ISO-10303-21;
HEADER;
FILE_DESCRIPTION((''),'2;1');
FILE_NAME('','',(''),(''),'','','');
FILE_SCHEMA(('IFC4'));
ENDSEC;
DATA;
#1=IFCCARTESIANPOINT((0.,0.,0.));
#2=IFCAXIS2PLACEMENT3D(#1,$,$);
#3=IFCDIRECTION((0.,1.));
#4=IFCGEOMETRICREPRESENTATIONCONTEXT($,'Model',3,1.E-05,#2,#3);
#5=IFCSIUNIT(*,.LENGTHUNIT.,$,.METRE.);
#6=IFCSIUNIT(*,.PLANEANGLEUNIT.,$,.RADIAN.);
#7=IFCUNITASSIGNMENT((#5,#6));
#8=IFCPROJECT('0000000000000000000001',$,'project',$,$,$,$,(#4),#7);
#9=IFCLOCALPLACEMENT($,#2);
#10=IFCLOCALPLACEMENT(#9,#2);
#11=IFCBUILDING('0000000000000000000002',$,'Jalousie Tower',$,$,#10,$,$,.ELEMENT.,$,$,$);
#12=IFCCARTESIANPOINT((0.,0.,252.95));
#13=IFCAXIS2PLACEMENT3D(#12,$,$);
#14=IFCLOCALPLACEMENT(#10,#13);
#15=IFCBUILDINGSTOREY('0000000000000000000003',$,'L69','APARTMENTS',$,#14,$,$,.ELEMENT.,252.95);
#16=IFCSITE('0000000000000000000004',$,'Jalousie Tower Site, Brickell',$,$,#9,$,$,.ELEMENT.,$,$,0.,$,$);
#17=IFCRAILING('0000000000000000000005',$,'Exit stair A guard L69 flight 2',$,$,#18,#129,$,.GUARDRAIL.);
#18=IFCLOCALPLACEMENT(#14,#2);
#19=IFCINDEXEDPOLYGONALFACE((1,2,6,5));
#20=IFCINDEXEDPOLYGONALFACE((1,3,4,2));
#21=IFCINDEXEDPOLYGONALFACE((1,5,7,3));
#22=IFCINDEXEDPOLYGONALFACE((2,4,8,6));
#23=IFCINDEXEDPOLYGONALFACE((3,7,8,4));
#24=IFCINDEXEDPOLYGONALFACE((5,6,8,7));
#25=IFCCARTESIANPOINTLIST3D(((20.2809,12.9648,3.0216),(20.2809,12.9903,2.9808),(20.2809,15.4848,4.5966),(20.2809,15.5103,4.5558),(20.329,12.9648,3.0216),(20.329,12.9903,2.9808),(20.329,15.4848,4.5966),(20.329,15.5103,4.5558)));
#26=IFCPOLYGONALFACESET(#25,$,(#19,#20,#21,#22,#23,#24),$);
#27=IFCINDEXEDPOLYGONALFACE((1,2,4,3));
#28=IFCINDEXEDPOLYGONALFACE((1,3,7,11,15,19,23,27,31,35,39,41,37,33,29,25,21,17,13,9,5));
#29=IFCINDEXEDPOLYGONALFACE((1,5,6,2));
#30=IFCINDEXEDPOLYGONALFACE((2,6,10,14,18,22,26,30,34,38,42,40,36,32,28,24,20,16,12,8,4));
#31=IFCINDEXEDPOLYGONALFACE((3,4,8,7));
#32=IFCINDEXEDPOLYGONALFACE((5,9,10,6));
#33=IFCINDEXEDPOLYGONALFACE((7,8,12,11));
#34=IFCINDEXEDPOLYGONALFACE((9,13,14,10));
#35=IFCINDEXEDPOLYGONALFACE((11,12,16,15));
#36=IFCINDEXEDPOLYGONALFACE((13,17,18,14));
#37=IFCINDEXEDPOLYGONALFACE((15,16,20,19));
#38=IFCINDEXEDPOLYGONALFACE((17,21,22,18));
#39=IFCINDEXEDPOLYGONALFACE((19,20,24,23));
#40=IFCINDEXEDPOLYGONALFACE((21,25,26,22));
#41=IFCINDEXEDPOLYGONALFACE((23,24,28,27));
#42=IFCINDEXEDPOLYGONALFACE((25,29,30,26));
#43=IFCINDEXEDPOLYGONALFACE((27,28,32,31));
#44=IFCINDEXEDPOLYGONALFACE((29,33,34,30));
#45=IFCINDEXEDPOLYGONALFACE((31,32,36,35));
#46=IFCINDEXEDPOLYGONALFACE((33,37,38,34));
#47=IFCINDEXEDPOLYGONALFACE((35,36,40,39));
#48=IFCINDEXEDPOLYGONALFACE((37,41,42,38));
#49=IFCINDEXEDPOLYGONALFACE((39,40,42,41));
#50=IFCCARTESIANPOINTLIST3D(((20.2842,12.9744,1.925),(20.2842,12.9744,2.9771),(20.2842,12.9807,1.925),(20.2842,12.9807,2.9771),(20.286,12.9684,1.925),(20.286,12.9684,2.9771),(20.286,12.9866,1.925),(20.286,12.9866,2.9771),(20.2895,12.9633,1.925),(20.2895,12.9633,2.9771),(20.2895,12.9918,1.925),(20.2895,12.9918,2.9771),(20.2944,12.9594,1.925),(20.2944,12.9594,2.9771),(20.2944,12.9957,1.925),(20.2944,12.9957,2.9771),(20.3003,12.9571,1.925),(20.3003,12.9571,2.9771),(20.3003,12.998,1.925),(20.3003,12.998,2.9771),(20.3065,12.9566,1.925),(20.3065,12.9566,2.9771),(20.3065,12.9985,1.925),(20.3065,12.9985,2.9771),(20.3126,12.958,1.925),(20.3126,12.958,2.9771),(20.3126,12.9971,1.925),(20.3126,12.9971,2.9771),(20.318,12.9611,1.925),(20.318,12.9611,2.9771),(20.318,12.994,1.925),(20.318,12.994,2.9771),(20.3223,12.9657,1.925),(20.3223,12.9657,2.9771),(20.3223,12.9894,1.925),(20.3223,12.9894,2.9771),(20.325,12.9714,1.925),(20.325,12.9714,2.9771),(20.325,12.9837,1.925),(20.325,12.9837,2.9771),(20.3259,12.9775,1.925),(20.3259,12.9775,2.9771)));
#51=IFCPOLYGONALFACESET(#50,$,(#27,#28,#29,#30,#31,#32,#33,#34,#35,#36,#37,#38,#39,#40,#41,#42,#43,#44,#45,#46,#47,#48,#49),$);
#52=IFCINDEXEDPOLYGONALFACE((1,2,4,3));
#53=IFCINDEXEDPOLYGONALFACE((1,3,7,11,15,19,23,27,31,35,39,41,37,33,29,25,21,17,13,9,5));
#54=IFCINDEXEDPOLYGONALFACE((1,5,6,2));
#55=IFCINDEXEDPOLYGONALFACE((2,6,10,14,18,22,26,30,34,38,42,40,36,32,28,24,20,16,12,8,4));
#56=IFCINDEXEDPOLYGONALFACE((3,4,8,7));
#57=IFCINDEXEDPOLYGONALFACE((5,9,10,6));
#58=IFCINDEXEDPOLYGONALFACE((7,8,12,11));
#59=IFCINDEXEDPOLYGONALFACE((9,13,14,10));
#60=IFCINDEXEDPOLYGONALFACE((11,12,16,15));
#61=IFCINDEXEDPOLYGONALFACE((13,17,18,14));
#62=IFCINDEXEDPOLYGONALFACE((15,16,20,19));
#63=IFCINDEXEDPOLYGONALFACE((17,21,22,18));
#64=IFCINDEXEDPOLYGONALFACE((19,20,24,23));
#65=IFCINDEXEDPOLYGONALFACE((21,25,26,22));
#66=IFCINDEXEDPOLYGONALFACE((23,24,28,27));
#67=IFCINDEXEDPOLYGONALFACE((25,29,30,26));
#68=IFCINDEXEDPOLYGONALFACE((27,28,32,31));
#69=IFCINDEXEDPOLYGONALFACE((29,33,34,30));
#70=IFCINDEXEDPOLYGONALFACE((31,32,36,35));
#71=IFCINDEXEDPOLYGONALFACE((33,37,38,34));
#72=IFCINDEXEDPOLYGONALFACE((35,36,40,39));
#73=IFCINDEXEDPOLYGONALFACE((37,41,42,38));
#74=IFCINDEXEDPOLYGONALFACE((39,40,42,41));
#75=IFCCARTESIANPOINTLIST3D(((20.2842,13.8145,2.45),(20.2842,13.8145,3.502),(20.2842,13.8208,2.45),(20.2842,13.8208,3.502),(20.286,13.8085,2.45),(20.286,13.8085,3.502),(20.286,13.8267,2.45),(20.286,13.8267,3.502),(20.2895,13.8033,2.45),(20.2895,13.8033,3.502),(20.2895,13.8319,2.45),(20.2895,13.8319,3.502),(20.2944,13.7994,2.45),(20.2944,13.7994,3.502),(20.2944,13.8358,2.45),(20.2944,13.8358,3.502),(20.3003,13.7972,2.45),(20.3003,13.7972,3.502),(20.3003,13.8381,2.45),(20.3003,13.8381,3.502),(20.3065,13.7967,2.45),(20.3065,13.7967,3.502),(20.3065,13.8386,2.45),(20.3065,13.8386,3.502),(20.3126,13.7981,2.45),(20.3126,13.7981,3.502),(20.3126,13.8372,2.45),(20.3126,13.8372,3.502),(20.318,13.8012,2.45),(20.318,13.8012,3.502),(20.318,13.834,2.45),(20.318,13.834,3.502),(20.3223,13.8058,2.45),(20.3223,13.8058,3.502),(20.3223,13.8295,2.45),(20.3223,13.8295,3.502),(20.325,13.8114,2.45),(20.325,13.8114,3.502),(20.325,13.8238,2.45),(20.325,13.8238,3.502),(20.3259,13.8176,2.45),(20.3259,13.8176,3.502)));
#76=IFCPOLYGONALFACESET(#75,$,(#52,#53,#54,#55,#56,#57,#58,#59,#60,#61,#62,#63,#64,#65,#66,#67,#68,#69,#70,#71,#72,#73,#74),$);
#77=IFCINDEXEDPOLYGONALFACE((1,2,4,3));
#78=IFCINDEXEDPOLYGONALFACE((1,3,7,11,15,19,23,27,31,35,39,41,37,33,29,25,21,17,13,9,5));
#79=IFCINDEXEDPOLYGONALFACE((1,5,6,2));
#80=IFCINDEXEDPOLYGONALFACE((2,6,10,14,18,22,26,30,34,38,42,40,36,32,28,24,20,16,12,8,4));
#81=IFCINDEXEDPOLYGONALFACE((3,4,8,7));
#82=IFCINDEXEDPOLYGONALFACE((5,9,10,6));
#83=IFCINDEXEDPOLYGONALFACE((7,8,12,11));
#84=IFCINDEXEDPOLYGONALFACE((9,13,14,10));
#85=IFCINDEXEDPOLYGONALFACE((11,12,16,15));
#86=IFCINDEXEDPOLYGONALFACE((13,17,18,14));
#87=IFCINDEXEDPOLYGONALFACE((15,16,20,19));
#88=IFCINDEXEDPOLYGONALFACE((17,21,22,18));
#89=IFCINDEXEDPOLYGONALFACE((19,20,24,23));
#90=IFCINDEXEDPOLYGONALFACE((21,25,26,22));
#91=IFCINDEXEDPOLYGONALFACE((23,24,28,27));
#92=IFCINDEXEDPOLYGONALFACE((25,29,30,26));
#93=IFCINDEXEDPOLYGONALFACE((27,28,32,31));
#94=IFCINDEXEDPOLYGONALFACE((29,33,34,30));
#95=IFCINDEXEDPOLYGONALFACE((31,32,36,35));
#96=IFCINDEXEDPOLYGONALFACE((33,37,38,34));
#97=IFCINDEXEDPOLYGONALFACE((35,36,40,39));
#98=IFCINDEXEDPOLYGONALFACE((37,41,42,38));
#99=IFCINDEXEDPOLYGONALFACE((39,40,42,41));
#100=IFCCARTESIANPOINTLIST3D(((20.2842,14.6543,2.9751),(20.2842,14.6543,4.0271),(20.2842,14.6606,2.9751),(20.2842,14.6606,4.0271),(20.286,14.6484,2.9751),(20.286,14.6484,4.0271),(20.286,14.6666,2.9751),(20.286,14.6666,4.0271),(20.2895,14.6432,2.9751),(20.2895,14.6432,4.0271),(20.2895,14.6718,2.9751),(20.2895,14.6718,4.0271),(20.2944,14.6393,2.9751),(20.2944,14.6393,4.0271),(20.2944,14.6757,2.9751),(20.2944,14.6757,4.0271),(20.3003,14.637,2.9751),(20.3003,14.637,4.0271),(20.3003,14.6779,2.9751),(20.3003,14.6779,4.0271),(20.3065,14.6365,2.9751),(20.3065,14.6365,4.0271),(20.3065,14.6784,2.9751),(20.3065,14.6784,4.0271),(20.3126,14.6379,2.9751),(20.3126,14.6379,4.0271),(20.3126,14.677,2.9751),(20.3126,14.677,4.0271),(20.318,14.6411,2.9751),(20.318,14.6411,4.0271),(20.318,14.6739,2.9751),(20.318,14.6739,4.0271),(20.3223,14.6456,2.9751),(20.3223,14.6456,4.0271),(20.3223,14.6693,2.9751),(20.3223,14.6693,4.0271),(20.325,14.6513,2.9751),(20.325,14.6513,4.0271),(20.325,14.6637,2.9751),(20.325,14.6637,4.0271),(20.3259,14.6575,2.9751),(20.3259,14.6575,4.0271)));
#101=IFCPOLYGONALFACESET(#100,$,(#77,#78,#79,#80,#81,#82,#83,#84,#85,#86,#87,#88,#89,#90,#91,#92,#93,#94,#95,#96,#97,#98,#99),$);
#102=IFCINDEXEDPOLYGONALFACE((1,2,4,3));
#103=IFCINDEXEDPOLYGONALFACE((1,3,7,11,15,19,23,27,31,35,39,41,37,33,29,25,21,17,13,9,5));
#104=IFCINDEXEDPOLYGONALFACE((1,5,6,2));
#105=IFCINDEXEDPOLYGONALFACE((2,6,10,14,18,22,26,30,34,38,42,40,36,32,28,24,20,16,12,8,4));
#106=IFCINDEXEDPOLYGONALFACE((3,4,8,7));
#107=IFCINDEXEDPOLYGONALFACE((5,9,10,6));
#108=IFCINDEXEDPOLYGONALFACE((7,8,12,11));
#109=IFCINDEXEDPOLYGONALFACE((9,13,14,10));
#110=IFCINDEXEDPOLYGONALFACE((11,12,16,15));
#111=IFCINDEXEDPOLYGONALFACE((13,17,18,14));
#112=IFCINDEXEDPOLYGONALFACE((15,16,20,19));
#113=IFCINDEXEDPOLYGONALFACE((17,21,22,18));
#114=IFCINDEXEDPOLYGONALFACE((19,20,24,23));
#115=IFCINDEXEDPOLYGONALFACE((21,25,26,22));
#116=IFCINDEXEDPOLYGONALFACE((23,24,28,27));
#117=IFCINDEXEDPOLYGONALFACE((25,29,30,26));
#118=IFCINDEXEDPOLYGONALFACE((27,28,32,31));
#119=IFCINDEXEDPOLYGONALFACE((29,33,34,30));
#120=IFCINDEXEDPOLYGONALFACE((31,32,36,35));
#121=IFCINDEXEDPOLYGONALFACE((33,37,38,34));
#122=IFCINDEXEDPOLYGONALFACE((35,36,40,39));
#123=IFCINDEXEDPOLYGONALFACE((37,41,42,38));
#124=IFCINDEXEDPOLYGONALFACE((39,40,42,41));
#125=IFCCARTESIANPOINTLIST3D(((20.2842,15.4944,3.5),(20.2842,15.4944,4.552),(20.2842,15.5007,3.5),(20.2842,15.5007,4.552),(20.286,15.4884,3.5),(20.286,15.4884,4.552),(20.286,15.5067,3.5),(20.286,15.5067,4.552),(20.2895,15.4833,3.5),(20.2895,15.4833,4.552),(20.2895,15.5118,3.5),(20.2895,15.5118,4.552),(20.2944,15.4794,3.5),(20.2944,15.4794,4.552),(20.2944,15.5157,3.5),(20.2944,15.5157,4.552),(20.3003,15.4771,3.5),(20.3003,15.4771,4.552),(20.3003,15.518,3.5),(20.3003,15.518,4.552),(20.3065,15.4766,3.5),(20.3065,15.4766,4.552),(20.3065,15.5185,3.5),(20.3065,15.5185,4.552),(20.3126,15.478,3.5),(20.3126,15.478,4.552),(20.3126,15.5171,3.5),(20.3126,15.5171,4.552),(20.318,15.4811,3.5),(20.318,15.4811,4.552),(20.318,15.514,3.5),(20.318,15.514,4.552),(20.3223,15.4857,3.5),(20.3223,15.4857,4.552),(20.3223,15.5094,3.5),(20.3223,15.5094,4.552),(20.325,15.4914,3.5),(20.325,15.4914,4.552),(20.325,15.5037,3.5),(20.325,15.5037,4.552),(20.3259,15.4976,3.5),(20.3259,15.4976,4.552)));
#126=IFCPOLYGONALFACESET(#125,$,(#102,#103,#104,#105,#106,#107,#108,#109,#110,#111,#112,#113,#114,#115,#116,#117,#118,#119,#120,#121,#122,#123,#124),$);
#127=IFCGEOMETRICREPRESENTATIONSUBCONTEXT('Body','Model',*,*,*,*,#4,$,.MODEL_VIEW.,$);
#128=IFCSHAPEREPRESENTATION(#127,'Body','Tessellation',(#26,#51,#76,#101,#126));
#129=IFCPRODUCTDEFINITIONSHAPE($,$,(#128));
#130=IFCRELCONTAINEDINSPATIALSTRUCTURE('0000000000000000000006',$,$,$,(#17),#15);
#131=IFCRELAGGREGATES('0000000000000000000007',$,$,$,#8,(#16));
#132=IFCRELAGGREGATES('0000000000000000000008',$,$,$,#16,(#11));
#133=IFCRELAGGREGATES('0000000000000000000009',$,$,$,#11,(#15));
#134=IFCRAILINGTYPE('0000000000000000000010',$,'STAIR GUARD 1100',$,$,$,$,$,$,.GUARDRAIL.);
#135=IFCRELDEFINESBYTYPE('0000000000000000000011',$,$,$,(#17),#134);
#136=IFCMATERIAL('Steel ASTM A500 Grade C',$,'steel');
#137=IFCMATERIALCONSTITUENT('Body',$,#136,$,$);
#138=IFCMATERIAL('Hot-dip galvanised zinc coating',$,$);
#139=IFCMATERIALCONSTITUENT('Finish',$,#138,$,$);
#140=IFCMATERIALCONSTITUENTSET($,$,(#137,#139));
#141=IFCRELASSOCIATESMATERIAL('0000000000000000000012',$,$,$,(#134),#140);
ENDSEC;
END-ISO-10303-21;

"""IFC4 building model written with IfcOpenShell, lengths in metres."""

from ifc_helpers import new_model, si_unit, direction, frame, origin, origin_2d, place, context, subcontext, project, spatial, rectangle, circle, extrude, material, constituent, constituent_set, type_object, element, save


model = new_model("IFC4")

# Units and contexts
model_context = context("Model", 3, precision=1e-05, world=origin(), true_north=direction((0.0, 1.0)))
body_context = subcontext(model_context, "Body", "Model", "MODEL_VIEW")
ifc_project = project(units=[si_unit("LENGTHUNIT", "METRE"), si_unit("PLANEANGLEUNIT", "RADIAN")], contexts=[model_context])

# Site, building, storey
site_placement = place(None, origin())
site = spatial("IfcSite", under=ifc_project, at=site_placement, Name="Jalousie Tower Site, Brickell", CompositionType="ELEMENT", RefElevation=0.0)
building_placement = place(site_placement, origin())
building = spatial("IfcBuilding", under=site, at=building_placement, Name="Jalousie Tower", CompositionType="ELEMENT")
storey_placement = place(building_placement, frame((0.0, 0.0, 252.95)))
storey = spatial("IfcBuildingStorey", under=building, at=storey_placement, Name="L69", Description="APARTMENTS", CompositionType="ELEMENT", Elevation=252.95)

# Railing
ifc_material_1 = material(Name="Steel ASTM A500 Grade C", Category="steel")
ifc_constituent_1 = constituent(ifc_material_1, Name="Body")
ifc_material_2 = material(Name="Hot-dip galvanised zinc coating")
ifc_constituent_2 = constituent(ifc_material_2, Name="Finish")
ifc_constituent_set_1 = constituent_set(constituents=[ifc_constituent_1, ifc_constituent_2])
railing_type_1 = type_object("IfcRailingType", Name="STAIR GUARD 1100", PredefinedType="GUARDRAIL", material=ifc_constituent_set_1)
railing_1_placement = place(storey_placement, frame((20.3049, 12.9775, 1.925)))
element("IfcRailing", 1, at=railing_1_placement, inside=storey, type_object=railing_type_1, Name="Exit stair A guard L69 flight 2", PredefinedType="GUARDRAIL", context=body_context, shape_type="SweptSolid", body=[
    extrude(rectangle(XDim=0.0481, YDim=0.0481, at=origin_2d()), frame((0.0, 0.0, 1.0762), z_axis=(0.0, 0.848008, 0.529984), x_axis=(-1.0, 0.0, 0.0)), (0.0, 0.0, 1.0), 2.9717),
    extrude(circle(Radius=0.021, at=origin_2d()), origin(), (0.0, 0.0, 1.0), 1.052),
    extrude(circle(Radius=0.021, at=origin_2d()), frame((0.0, 0.8401, 0.5249)), (0.0, 0.0, 1.0), 1.052),
    extrude(circle(Radius=0.021, at=origin_2d()), frame((0.0, 1.6799, 1.05)), (0.0, 0.0, 1.0), 1.052),
    extrude(circle(Radius=0.021, at=origin_2d()), frame((0.0, 2.52, 1.575)), (0.0, 0.0, 1.0), 1.052),
])

save(model, "model.ifc")
